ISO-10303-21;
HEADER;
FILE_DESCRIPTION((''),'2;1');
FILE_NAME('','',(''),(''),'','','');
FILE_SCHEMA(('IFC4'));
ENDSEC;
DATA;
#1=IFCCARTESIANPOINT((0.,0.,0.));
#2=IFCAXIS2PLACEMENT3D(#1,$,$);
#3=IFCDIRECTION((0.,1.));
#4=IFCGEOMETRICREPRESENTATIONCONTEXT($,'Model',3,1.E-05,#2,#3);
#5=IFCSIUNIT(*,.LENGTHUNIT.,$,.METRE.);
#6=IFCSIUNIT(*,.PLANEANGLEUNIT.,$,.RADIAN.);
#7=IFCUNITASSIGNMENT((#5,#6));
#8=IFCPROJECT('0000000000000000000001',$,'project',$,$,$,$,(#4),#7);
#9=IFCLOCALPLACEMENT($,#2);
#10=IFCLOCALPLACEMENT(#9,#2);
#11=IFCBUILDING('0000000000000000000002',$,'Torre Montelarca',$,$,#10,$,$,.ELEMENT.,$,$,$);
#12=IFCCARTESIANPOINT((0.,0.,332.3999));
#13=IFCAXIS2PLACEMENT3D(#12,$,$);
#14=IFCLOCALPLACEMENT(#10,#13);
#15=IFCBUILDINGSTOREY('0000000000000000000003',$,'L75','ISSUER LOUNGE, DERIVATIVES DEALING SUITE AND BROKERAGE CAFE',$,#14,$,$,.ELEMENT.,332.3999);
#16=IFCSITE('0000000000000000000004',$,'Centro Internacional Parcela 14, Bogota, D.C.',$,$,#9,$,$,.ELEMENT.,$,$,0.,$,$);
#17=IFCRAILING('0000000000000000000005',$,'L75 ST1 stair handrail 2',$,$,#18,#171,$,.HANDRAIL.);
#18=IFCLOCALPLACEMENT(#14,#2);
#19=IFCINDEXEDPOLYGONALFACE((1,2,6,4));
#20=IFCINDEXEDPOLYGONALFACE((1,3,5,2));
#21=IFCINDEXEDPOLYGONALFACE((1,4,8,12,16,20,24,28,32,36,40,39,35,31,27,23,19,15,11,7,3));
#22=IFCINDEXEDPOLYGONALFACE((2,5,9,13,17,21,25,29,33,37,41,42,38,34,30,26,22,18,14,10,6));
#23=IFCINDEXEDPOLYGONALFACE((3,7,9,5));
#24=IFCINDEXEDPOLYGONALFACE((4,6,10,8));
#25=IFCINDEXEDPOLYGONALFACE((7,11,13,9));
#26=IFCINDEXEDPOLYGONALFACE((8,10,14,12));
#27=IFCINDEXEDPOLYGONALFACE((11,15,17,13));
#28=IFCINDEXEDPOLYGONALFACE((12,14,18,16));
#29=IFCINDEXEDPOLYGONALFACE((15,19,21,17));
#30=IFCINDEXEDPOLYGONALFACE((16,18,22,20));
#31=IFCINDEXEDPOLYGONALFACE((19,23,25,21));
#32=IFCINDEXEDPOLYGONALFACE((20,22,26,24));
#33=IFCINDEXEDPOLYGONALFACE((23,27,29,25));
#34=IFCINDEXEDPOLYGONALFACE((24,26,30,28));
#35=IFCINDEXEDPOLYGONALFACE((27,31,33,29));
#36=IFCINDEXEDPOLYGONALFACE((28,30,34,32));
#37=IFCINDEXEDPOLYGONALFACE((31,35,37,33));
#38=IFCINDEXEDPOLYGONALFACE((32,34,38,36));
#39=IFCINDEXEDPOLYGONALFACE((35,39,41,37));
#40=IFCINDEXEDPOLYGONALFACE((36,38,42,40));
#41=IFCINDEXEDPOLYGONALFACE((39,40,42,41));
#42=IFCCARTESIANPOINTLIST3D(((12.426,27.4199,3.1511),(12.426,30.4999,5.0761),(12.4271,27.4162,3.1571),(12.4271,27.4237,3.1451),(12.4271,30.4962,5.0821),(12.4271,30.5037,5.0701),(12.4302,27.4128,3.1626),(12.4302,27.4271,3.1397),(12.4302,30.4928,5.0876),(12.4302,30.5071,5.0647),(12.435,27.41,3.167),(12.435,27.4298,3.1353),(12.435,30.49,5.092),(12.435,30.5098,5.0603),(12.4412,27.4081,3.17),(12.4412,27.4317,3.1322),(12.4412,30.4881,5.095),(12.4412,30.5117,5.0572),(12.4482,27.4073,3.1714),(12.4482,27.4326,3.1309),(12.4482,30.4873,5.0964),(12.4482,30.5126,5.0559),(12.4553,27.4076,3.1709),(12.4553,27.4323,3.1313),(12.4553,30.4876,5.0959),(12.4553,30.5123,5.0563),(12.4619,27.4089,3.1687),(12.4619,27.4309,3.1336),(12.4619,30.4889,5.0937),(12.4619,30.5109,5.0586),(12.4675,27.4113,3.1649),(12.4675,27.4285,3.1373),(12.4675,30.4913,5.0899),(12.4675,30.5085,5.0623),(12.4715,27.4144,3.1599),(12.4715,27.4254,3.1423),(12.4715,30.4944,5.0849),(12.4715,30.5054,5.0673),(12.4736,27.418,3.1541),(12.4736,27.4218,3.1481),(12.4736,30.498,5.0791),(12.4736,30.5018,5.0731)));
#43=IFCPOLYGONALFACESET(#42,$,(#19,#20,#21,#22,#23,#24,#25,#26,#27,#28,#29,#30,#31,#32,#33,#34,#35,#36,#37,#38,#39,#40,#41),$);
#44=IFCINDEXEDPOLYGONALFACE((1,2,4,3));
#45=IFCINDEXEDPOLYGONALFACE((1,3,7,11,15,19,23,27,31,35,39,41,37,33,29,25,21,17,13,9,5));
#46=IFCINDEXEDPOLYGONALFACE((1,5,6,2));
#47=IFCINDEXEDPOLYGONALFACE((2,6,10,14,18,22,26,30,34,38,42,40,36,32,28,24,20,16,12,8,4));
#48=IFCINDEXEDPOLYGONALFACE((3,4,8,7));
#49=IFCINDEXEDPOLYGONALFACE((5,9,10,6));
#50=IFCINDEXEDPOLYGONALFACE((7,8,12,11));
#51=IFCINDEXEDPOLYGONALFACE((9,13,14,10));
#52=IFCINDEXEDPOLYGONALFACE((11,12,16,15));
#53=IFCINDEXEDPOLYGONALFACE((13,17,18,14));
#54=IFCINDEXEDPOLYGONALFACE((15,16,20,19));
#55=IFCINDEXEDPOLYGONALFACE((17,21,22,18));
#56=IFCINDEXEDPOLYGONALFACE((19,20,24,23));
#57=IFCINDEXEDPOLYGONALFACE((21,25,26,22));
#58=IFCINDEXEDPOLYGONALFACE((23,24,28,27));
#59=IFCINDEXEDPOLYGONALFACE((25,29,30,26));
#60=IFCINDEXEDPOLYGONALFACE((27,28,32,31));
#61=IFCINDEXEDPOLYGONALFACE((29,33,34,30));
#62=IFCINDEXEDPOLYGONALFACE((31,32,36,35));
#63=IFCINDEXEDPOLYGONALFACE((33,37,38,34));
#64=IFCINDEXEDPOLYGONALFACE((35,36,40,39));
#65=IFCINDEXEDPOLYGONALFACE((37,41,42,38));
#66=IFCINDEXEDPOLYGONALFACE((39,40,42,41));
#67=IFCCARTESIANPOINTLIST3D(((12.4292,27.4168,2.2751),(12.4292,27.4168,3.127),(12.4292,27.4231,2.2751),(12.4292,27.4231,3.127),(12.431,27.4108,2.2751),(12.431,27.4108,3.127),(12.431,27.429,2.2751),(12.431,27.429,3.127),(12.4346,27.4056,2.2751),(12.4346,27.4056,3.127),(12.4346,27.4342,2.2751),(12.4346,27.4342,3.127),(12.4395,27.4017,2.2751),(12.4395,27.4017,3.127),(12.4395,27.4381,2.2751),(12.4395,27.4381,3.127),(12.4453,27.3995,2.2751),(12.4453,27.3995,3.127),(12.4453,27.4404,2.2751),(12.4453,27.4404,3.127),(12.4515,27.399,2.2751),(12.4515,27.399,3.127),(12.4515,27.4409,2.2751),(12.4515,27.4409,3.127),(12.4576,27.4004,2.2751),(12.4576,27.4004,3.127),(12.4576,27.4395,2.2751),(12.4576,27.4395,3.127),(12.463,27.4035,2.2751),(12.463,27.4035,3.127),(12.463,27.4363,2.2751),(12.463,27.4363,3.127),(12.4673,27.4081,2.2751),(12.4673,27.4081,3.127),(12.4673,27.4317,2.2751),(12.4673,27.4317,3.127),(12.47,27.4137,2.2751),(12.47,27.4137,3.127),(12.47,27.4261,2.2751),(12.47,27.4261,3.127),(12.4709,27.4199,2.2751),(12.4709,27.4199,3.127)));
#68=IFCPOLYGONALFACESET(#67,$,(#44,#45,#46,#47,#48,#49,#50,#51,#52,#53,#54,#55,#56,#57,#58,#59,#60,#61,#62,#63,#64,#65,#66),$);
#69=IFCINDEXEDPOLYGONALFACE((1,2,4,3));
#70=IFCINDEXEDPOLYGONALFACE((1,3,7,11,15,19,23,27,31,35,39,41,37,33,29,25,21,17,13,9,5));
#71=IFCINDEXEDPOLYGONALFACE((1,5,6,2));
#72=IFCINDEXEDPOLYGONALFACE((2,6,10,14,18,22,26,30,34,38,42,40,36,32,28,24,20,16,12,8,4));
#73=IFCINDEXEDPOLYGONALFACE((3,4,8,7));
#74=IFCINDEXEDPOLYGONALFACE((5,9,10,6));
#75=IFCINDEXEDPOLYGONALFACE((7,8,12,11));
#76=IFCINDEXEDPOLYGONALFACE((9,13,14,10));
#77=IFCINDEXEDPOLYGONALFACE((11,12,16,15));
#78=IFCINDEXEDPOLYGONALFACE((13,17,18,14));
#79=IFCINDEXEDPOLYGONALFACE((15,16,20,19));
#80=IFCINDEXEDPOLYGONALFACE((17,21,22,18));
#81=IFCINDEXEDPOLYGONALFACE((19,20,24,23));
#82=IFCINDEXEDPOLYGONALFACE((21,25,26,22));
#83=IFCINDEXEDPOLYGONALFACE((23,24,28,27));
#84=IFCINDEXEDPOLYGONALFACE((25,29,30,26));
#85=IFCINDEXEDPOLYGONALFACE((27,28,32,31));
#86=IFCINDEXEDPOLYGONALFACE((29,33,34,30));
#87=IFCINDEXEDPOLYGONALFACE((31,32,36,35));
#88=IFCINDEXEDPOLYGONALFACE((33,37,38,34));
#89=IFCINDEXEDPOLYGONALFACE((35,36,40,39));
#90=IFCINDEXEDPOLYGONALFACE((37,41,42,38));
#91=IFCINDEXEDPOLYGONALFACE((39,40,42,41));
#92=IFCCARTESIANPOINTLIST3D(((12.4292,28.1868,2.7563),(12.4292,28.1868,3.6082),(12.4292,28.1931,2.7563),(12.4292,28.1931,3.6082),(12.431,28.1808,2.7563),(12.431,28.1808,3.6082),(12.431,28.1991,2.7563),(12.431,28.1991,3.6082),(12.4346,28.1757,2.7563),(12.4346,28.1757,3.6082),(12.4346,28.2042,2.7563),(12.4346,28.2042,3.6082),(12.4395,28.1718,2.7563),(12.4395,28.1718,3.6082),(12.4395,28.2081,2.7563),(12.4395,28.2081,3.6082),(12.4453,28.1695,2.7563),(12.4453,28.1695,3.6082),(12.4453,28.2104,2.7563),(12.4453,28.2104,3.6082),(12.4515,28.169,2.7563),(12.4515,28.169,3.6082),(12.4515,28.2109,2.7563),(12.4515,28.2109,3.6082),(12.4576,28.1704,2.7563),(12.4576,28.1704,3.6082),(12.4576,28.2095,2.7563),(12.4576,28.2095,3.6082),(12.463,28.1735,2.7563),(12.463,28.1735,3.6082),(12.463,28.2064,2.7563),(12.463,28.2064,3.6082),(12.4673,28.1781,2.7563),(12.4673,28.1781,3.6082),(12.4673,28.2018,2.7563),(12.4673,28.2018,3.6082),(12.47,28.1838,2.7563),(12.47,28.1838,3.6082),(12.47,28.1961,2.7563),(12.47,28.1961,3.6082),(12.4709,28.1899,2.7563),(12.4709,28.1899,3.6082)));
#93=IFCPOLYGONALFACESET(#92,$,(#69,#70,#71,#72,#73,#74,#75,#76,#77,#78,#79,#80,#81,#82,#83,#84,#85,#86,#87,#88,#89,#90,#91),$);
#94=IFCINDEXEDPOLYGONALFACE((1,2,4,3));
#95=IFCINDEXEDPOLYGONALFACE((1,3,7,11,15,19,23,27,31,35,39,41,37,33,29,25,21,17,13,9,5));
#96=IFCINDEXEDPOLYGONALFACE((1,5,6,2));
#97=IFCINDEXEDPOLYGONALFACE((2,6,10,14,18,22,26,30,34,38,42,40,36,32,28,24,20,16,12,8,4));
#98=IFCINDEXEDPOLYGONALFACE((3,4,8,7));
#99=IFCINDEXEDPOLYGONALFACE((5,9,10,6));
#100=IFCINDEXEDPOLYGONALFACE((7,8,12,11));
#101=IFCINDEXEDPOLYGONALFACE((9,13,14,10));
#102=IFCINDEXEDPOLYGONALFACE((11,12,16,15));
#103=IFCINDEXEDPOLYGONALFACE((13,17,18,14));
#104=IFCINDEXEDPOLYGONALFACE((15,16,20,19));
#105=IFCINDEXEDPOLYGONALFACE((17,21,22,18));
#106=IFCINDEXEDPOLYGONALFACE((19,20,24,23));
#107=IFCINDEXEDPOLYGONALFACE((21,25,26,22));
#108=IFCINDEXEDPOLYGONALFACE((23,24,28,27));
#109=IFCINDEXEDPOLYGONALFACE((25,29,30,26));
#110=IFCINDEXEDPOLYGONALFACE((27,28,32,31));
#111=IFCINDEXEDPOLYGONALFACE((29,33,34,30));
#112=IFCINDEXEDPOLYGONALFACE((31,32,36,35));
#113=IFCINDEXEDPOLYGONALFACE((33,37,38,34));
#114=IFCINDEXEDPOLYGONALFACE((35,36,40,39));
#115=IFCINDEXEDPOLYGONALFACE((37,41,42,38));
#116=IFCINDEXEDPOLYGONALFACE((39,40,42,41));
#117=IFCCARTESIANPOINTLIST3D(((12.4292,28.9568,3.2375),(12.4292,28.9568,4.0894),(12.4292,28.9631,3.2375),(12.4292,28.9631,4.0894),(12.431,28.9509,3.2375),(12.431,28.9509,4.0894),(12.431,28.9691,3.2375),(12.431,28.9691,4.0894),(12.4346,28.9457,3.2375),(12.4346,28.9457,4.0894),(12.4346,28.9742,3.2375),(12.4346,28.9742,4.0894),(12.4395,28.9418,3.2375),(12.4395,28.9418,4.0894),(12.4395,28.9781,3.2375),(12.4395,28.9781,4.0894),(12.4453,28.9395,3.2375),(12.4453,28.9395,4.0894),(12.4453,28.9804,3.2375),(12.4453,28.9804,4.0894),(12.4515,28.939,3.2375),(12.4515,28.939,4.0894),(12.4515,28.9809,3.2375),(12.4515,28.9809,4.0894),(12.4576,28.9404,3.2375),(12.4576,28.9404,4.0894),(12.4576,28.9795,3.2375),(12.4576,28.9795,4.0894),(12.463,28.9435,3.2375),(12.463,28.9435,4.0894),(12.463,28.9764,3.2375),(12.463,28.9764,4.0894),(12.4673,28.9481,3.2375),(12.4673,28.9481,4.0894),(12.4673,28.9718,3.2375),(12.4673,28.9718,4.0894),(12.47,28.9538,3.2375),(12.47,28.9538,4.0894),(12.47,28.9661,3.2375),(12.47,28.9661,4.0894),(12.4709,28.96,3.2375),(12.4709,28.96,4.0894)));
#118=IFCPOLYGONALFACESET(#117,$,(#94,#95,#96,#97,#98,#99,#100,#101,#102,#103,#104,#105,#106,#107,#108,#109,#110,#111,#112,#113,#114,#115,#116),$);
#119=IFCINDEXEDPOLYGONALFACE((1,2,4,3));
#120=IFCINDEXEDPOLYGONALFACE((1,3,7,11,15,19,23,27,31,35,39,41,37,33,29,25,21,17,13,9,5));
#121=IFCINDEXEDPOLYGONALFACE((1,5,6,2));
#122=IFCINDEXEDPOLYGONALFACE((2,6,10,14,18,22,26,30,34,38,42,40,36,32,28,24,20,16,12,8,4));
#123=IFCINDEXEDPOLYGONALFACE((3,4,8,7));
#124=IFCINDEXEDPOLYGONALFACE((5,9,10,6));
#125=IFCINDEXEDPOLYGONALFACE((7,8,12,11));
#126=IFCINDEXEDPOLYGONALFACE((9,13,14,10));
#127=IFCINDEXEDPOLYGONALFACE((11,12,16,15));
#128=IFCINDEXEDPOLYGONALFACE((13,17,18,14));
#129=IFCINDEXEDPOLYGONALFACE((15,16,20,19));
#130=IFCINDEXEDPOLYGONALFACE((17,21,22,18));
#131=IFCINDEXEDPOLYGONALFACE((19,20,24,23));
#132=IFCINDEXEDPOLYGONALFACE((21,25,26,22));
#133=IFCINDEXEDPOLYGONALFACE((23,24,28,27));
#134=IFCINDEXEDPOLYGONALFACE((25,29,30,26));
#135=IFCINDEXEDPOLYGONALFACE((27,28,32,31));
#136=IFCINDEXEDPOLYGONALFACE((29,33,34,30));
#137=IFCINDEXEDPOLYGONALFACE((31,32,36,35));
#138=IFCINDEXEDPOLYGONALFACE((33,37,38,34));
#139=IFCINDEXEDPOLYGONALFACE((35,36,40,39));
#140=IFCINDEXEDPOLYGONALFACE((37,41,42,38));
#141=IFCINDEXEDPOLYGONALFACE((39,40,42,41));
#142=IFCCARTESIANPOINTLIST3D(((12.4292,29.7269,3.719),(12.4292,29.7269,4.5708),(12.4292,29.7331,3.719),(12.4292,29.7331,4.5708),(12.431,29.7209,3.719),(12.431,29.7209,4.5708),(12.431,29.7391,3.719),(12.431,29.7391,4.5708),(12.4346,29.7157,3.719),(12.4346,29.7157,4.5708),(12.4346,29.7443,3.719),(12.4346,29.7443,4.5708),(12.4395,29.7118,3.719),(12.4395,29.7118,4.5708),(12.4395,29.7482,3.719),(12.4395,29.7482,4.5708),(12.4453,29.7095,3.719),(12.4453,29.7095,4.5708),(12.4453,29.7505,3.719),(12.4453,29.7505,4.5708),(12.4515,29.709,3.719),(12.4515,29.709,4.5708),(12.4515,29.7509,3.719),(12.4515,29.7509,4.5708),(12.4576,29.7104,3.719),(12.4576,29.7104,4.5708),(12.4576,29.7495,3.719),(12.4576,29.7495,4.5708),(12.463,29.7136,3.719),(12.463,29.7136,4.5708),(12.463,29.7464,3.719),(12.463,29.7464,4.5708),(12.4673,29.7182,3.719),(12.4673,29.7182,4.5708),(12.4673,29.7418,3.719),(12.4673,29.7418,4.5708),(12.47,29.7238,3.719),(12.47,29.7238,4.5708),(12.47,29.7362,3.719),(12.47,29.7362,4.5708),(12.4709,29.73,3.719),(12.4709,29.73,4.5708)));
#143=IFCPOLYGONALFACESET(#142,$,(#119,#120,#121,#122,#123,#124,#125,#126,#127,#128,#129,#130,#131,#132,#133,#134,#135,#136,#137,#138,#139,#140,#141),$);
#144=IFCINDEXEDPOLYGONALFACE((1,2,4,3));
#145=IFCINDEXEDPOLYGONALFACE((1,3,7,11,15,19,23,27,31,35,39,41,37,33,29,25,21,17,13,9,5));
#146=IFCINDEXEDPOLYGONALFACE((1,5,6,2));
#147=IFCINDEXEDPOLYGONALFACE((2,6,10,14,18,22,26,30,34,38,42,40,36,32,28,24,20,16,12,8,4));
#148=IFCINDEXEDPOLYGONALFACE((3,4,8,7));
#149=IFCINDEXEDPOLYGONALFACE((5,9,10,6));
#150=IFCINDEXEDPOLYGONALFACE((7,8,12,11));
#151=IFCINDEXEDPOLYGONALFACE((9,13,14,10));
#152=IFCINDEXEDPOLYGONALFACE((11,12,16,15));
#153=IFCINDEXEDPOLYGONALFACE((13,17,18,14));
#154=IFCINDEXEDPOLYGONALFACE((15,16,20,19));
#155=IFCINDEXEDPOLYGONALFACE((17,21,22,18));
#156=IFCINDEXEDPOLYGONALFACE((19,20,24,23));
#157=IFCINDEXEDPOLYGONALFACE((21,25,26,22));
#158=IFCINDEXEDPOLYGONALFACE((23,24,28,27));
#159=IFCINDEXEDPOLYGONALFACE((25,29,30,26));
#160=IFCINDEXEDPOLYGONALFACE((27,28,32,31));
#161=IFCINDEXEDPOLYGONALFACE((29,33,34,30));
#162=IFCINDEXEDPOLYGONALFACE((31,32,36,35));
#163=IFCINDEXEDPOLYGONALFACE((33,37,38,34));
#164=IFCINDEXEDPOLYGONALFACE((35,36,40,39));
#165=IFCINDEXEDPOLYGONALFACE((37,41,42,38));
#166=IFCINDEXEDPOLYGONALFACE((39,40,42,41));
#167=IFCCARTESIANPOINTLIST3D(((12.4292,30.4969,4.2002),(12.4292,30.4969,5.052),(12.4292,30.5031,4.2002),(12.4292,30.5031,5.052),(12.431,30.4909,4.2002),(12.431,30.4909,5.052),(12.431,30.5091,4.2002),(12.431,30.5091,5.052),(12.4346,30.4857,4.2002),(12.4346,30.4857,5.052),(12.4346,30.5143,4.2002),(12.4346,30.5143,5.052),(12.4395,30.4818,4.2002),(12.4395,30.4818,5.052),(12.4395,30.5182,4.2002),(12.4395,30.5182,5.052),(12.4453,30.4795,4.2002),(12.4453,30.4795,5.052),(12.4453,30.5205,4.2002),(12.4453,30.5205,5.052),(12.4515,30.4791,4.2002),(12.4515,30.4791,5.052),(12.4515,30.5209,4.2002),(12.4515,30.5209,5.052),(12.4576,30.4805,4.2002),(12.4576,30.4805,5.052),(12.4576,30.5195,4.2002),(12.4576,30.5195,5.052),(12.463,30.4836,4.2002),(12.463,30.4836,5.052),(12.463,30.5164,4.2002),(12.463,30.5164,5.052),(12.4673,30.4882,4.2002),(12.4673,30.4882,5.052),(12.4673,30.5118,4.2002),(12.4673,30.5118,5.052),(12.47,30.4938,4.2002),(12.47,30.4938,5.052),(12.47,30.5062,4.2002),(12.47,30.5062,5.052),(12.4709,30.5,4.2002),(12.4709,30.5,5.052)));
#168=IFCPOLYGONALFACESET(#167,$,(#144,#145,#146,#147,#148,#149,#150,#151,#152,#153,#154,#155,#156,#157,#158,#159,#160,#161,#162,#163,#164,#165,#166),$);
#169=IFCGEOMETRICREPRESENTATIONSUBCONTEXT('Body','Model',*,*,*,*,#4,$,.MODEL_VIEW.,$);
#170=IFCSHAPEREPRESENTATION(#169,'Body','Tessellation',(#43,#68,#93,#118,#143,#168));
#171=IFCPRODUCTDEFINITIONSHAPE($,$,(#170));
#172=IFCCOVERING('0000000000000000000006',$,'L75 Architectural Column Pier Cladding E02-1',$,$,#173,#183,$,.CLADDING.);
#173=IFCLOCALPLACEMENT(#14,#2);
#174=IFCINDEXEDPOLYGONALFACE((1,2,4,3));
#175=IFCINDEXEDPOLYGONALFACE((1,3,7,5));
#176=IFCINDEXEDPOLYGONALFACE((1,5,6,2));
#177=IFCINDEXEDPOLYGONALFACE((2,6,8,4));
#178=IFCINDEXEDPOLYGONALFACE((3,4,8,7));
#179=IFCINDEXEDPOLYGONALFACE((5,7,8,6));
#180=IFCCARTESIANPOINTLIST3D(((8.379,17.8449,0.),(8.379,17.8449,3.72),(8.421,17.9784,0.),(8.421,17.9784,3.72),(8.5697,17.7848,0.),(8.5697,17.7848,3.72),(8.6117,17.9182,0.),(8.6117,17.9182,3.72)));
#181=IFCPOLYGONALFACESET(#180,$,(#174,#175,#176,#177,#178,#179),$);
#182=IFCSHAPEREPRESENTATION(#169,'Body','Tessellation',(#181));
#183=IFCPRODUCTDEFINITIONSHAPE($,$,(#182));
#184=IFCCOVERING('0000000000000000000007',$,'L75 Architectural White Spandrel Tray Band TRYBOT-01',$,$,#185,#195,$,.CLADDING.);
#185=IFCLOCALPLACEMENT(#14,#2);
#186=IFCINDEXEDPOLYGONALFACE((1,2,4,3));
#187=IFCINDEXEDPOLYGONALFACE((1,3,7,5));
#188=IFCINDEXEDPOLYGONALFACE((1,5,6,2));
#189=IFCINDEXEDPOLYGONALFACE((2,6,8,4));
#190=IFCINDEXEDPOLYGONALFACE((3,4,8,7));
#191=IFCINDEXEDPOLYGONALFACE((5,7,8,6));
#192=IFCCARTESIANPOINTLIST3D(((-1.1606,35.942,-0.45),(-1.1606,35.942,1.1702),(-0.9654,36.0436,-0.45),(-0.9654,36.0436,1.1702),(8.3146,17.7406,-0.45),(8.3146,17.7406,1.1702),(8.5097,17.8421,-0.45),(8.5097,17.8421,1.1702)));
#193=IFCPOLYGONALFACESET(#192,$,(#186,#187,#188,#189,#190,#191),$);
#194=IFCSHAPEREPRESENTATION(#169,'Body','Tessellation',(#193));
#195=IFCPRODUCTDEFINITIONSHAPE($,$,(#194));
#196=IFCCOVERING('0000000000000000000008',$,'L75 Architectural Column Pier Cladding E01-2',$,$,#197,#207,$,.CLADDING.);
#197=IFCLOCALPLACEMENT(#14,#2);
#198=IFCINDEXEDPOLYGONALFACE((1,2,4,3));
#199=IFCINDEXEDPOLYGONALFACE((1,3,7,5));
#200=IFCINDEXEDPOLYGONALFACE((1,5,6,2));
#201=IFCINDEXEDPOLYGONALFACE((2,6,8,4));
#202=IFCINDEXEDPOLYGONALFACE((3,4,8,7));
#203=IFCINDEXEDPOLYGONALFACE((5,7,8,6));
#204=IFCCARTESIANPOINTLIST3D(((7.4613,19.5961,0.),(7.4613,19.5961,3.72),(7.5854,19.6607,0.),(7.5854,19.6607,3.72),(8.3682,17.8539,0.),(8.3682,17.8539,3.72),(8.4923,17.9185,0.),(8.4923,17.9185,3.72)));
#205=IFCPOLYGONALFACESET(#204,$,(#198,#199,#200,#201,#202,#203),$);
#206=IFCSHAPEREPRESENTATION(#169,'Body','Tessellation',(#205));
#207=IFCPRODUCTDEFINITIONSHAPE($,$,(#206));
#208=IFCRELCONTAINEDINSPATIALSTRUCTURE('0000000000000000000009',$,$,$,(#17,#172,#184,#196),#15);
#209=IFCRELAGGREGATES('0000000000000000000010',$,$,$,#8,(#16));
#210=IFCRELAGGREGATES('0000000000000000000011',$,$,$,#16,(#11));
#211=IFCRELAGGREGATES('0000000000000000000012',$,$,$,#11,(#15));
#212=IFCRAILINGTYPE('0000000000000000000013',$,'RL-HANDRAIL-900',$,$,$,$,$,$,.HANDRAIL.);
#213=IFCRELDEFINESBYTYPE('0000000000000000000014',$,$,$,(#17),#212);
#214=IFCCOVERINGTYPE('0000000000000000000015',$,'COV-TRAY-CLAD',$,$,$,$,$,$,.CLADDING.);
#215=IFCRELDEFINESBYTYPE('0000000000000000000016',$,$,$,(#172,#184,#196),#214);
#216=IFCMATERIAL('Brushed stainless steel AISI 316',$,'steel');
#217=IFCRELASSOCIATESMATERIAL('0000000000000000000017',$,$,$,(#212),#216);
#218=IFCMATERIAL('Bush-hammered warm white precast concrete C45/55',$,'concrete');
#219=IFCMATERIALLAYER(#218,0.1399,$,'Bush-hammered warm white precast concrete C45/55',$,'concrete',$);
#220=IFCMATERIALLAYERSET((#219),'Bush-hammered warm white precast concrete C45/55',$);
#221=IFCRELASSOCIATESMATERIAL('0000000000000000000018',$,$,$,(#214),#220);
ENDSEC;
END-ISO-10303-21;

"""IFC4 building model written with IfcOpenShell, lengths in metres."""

from ifc_helpers import new_model, si_unit, direction, frame, origin, origin_2d, place, context, subcontext, project, spatial, rectangle, circle, extrude, source, transform, mapped, material, layer, layer_set, type_object, element, save


model = new_model("IFC4")

# Units and contexts
model_context = context("Model", 3, precision=1e-05, world=origin(), true_north=direction((0.0, 1.0)))
body_context = subcontext(model_context, "Body", "Model", "MODEL_VIEW")
ifc_project = project(units=[si_unit("LENGTHUNIT", "METRE"), si_unit("PLANEANGLEUNIT", "RADIAN")], contexts=[model_context])

# Site, building, storey
site_placement = place(None, origin())
site = spatial("IfcSite", under=ifc_project, at=site_placement, Name="Centro Internacional Parcela 14, Bogota, D.C.", CompositionType="ELEMENT", RefElevation=0.0)
building_placement = place(site_placement, origin())
building = spatial("IfcBuilding", under=site, at=building_placement, Name="Torre Montelarca", CompositionType="ELEMENT")
storey_placement = place(building_placement, frame((0.0, 0.0, 332.3999)))
storey = spatial("IfcBuildingStorey", under=building, at=storey_placement, Name="L75", Description="ISSUER LOUNGE, DERIVATIVES DEALING SUITE AND BROKERAGE CAFE", CompositionType="ELEMENT", Elevation=332.3999)

# Railing
ifc_material_1 = material(Name="Brushed stainless steel AISI 316", Category="steel")
railing_type_1 = type_object("IfcRailingType", Name="RL-HANDRAIL-900", PredefinedType="HANDRAIL", material=ifc_material_1)
railing_1_placement = place(storey_placement, frame((12.45, 27.4199, 2.2751)))
element("IfcRailing", 1, at=railing_1_placement, inside=storey, type_object=railing_type_1, Name="L75 ST1 stair handrail 2", PredefinedType="HANDRAIL", context=body_context, shape_type="SweptSolid", body=[
    extrude(circle(Radius=0.0239, at=origin_2d()), frame((0.0, 0.0, 0.876), z_axis=(0.0, 0.847998, 0.529999), x_axis=(-1.0, 0.0, 0.0)), (0.0, 0.0, 1.0), 3.6321),
    extrude(circle(Radius=0.021, at=origin_2d()), origin(), (0.0, 0.0, 1.0), 0.8518),
    extrude(circle(Radius=0.021, at=origin_2d()), frame((0.0, 0.77, 0.4812)), (0.0, 0.0, 1.0), 0.8518),
    extrude(circle(Radius=0.021, at=origin_2d()), frame((0.0, 1.54, 0.9624)), (0.0, 0.0, 1.0), 0.8518),
    extrude(circle(Radius=0.021, at=origin_2d()), frame((0.0, 2.3101, 1.4438)), (0.0, 0.0, 1.0), 0.8518),
    extrude(circle(Radius=0.021, at=origin_2d()), frame((0.0, 3.0801, 1.925)), (0.0, 0.0, 1.0), 0.8518),
])

# Coverings
ifc_material_2 = material(Name="Bush-hammered warm white precast concrete C45/55", Category="concrete")
ifc_layer_1 = layer(ifc_material_2, 0.1399, Name="Bush-hammered warm white precast concrete C45/55", Category="concrete")
ifc_layer_set_1 = layer_set([ifc_layer_1], Name="Bush-hammered warm white precast concrete C45/55")
covering_type = type_object("IfcCoveringType", Name="COV-TRAY-CLAD", PredefinedType="CLADDING", material=ifc_layer_set_1)
shared_shape_1 = source(origin(), body_context, "Body", "SweptSolid", [
    extrude(rectangle(XDim=0.2, YDim=0.1399, at=origin_2d()), origin(), (0.0, 0.0, 1.0), 3.72),
])
covering_1_placement = place(storey_placement, frame((8.4954, 17.8816, 0.0), z_axis=(0.0, 0.0, 1.0), x_axis=(0.953717, -0.300704, 0.0)))
element("IfcCovering", 2, at=covering_1_placement, inside=storey, type_object=covering_type, Name="L75 Architectural Column Pier Cladding E02-1", PredefinedType="CLADDING", context=body_context, shape_type="MappedRepresentation", body=[
    mapped(shared_shape_1, transform((0.0, 0.0, 0.0), scale=1.0)),
])
shared_shape_2 = source(origin(), body_context, "Body", "SweptSolid", [
    extrude(rectangle(XDim=20.52, YDim=0.22, at=origin_2d()), origin(), (0.0, 0.0, 1.0), 1.6201),
])
covering_2_placement = place(storey_placement, frame((3.6746, 26.8921, -0.45), z_axis=(0.0, 0.0, 1.0), x_axis=(0.46175, -0.88701, 0.0)))
element("IfcCovering", 3, at=covering_2_placement, inside=storey, type_object=covering_type, Name="L75 Architectural White Spandrel Tray Band TRYBOT-01", PredefinedType="CLADDING", context=body_context, shape_type="MappedRepresentation", body=[
    mapped(shared_shape_2, transform((0.0, 0.0, 0.0), scale=1.0)),
])
shared_shape_3 = source(origin(), body_context, "Body", "SweptSolid", [
    extrude(rectangle(XDim=1.9641, YDim=0.1399, at=origin_2d()), origin(), (0.0, 0.0, 1.0), 3.72),
])
covering_3_placement = place(storey_placement, frame((7.9768, 18.7573, 0.0), z_axis=(0.0, 0.0, 1.0), x_axis=(0.461749, -0.887011, 0.0)))
element("IfcCovering", 4, at=covering_3_placement, inside=storey, type_object=covering_type, Name="L75 Architectural Column Pier Cladding E01-2", PredefinedType="CLADDING", context=body_context, shape_type="MappedRepresentation", body=[
    mapped(shared_shape_3, transform((0.0, 0.0, 0.0), scale=1.0)),
])

save(model, "model.ifc")
